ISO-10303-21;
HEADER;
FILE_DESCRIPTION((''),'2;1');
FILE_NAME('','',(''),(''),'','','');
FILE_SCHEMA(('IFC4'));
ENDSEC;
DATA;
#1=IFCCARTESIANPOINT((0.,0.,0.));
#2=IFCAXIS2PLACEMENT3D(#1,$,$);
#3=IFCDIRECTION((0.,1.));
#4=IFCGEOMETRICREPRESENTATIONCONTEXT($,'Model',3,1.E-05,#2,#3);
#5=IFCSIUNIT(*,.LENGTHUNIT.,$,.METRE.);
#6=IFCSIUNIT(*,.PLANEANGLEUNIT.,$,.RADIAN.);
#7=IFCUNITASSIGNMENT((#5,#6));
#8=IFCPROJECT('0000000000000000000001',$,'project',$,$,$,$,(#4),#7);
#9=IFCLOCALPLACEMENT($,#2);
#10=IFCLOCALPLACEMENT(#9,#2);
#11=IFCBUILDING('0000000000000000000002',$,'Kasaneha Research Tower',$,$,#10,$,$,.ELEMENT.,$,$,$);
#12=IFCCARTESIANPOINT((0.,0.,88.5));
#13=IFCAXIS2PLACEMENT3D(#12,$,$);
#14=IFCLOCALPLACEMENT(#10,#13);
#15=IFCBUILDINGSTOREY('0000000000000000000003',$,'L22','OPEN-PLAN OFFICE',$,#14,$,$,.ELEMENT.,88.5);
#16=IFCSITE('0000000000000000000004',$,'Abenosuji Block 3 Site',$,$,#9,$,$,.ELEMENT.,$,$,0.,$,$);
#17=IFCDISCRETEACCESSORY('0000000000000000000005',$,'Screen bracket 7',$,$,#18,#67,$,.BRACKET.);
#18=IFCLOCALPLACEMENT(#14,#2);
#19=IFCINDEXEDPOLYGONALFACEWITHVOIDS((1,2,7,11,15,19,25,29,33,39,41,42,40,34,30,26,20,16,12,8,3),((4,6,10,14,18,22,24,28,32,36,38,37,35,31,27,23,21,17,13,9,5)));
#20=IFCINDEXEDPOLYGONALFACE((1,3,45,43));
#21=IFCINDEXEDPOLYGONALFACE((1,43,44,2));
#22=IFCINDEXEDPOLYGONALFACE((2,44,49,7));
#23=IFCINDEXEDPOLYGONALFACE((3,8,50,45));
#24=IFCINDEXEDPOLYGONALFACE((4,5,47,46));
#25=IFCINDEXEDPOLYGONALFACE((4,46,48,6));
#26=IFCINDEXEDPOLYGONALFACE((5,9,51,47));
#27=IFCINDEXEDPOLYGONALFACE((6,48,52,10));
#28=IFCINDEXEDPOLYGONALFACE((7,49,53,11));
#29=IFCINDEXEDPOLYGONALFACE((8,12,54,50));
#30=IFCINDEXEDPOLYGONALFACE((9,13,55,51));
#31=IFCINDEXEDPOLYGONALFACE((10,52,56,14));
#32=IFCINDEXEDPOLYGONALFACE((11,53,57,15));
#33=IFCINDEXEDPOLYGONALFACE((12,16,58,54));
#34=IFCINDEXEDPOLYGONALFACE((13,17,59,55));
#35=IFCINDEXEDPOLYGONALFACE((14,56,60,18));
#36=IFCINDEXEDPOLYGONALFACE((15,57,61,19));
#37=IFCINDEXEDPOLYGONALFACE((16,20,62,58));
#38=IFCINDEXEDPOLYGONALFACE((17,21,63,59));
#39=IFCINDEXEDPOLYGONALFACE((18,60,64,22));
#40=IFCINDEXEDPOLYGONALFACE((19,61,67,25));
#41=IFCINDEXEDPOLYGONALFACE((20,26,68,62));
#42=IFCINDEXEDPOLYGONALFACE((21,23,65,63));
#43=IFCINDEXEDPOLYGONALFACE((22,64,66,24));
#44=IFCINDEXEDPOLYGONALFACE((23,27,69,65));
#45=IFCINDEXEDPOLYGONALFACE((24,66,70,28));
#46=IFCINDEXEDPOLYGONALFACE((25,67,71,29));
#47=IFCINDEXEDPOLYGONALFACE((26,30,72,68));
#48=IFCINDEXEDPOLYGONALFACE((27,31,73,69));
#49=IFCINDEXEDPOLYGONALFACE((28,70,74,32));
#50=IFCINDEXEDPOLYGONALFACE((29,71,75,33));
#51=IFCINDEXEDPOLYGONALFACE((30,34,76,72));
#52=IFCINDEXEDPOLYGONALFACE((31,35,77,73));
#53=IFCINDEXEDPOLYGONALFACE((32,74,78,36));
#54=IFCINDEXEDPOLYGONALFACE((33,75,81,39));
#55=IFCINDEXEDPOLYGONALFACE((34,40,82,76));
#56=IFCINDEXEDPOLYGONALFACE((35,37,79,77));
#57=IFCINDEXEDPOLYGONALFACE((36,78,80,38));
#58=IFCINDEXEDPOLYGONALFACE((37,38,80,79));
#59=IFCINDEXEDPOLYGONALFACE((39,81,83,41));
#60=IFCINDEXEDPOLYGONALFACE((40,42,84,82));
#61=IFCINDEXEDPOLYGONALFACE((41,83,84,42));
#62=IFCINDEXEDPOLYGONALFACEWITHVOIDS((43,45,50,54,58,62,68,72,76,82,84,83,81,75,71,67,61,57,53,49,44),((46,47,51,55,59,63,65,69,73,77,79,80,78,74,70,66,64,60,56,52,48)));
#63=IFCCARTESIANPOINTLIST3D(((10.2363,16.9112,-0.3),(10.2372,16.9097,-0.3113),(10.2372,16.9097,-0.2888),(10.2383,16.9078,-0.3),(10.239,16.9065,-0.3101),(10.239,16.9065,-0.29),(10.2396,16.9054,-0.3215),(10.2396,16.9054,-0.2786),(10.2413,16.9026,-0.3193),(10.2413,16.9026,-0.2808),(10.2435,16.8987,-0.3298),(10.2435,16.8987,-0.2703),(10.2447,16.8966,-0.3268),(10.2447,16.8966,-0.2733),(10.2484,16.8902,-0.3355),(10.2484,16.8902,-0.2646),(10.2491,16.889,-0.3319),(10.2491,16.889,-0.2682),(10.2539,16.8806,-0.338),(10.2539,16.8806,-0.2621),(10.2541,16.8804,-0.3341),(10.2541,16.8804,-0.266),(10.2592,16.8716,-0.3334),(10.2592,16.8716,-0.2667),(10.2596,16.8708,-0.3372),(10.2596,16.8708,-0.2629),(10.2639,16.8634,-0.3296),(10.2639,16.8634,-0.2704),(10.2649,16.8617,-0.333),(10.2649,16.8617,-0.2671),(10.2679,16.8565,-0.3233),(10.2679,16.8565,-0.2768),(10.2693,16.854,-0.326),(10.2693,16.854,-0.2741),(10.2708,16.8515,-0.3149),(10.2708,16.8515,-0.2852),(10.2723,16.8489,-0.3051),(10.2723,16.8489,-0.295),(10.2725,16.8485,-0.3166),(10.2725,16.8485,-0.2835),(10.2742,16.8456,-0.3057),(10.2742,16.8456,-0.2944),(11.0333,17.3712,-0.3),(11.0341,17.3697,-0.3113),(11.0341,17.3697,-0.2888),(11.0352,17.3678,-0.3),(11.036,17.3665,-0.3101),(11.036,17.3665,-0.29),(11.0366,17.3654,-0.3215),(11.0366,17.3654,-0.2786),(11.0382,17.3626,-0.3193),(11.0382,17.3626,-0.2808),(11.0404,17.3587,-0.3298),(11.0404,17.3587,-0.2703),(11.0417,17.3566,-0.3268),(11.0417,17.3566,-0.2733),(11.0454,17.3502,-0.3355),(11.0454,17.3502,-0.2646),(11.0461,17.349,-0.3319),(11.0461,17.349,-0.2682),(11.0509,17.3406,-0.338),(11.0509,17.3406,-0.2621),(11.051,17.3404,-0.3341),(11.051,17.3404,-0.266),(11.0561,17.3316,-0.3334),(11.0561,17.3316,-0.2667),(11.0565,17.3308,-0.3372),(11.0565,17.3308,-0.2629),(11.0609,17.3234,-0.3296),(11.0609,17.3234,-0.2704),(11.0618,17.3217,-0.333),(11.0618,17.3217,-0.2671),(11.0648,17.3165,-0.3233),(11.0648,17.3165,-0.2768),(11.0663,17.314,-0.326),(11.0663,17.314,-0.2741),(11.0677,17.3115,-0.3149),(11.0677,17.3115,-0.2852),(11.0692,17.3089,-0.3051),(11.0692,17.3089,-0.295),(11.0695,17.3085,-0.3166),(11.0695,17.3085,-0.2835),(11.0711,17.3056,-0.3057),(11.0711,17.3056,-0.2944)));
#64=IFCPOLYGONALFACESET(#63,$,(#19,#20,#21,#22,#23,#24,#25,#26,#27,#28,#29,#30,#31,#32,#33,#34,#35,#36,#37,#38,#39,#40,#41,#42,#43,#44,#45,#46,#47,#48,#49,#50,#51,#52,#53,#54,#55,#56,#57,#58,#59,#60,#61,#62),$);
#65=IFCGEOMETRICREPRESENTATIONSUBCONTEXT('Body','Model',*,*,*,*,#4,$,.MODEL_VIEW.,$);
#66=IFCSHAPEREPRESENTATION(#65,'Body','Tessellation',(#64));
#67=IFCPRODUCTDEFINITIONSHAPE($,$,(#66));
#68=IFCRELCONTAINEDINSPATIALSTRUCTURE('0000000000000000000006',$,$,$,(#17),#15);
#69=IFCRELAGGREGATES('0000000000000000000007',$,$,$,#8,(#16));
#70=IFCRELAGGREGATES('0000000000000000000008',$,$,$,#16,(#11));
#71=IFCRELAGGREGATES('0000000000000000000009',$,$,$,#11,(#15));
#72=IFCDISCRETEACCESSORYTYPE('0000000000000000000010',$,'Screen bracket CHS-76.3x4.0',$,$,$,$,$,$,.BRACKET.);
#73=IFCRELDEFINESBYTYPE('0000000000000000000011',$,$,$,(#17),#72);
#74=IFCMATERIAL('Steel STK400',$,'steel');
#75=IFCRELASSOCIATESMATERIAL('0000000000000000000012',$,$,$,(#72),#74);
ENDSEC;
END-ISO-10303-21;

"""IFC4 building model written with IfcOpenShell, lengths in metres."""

from ifc_helpers import new_model, si_unit, direction, frame, origin, origin_2d, place, context, subcontext, project, spatial, hollow_circle, extrude, material, material_profile, profile_set, type_object, element, save


model = new_model("IFC4")

# Units and contexts
model_context = context("Model", 3, precision=1e-05, world=origin(), true_north=direction((0.0, 1.0)))
body_context = subcontext(model_context, "Body", "Model", "MODEL_VIEW")
ifc_project = project(units=[si_unit("LENGTHUNIT", "METRE"), si_unit("PLANEANGLEUNIT", "RADIAN")], contexts=[model_context])

# Site, building, storey
site_placement = place(None, origin())
site = spatial("IfcSite", under=ifc_project, at=site_placement, Name="Abenosuji Block 3 Site", CompositionType="ELEMENT", RefElevation=0.0)
building_placement = place(site_placement, origin())
building = spatial("IfcBuilding", under=site, at=building_placement, Name="Kasaneha Research Tower", CompositionType="ELEMENT")
storey_placement = place(building_placement, frame((0.0, 0.0, 88.5)))
storey = spatial("IfcBuildingStorey", under=building, at=storey_placement, Name="L22", Description="OPEN-PLAN OFFICE", CompositionType="ELEMENT", Elevation=88.5)

# Discrete accessory
ifc_material_1 = material(Name="Steel STK400", Category="steel")
ifc_material_profile_1 = material_profile(ifc_material_1, hollow_circle(Radius=0.0381, WallThickness=0.0039, at=origin_2d()), Name="CHS-76.3x4.0")
ifc_profile_set_1 = profile_set([ifc_material_profile_1], Name="Steel STK400")
discrete_accessory_type = type_object("IfcDiscreteAccessoryType", Name="Screen bracket CHS-76.3x4.0", PredefinedType="BRACKET", material=ifc_profile_set_1)
discrete_accessory_placement = place(storey_placement, frame((10.2554, 16.8782, -0.3), z_axis=(0.86608, 0.499906, 0.0), x_axis=(-0.499906, 0.86608, 0.0)))
element("IfcDiscreteAccessory", 1, at=discrete_accessory_placement, inside=storey, type_object=discrete_accessory_type, Name="Screen bracket 7", PredefinedType="BRACKET", context=body_context, shape_type="SweptSolid", body=[
    extrude(hollow_circle(Radius=0.0381, WallThickness=0.0039, at=origin_2d()), origin(), (0.0, 0.0, 1.0), 0.9202),
])

save(model, "model.ifc")
